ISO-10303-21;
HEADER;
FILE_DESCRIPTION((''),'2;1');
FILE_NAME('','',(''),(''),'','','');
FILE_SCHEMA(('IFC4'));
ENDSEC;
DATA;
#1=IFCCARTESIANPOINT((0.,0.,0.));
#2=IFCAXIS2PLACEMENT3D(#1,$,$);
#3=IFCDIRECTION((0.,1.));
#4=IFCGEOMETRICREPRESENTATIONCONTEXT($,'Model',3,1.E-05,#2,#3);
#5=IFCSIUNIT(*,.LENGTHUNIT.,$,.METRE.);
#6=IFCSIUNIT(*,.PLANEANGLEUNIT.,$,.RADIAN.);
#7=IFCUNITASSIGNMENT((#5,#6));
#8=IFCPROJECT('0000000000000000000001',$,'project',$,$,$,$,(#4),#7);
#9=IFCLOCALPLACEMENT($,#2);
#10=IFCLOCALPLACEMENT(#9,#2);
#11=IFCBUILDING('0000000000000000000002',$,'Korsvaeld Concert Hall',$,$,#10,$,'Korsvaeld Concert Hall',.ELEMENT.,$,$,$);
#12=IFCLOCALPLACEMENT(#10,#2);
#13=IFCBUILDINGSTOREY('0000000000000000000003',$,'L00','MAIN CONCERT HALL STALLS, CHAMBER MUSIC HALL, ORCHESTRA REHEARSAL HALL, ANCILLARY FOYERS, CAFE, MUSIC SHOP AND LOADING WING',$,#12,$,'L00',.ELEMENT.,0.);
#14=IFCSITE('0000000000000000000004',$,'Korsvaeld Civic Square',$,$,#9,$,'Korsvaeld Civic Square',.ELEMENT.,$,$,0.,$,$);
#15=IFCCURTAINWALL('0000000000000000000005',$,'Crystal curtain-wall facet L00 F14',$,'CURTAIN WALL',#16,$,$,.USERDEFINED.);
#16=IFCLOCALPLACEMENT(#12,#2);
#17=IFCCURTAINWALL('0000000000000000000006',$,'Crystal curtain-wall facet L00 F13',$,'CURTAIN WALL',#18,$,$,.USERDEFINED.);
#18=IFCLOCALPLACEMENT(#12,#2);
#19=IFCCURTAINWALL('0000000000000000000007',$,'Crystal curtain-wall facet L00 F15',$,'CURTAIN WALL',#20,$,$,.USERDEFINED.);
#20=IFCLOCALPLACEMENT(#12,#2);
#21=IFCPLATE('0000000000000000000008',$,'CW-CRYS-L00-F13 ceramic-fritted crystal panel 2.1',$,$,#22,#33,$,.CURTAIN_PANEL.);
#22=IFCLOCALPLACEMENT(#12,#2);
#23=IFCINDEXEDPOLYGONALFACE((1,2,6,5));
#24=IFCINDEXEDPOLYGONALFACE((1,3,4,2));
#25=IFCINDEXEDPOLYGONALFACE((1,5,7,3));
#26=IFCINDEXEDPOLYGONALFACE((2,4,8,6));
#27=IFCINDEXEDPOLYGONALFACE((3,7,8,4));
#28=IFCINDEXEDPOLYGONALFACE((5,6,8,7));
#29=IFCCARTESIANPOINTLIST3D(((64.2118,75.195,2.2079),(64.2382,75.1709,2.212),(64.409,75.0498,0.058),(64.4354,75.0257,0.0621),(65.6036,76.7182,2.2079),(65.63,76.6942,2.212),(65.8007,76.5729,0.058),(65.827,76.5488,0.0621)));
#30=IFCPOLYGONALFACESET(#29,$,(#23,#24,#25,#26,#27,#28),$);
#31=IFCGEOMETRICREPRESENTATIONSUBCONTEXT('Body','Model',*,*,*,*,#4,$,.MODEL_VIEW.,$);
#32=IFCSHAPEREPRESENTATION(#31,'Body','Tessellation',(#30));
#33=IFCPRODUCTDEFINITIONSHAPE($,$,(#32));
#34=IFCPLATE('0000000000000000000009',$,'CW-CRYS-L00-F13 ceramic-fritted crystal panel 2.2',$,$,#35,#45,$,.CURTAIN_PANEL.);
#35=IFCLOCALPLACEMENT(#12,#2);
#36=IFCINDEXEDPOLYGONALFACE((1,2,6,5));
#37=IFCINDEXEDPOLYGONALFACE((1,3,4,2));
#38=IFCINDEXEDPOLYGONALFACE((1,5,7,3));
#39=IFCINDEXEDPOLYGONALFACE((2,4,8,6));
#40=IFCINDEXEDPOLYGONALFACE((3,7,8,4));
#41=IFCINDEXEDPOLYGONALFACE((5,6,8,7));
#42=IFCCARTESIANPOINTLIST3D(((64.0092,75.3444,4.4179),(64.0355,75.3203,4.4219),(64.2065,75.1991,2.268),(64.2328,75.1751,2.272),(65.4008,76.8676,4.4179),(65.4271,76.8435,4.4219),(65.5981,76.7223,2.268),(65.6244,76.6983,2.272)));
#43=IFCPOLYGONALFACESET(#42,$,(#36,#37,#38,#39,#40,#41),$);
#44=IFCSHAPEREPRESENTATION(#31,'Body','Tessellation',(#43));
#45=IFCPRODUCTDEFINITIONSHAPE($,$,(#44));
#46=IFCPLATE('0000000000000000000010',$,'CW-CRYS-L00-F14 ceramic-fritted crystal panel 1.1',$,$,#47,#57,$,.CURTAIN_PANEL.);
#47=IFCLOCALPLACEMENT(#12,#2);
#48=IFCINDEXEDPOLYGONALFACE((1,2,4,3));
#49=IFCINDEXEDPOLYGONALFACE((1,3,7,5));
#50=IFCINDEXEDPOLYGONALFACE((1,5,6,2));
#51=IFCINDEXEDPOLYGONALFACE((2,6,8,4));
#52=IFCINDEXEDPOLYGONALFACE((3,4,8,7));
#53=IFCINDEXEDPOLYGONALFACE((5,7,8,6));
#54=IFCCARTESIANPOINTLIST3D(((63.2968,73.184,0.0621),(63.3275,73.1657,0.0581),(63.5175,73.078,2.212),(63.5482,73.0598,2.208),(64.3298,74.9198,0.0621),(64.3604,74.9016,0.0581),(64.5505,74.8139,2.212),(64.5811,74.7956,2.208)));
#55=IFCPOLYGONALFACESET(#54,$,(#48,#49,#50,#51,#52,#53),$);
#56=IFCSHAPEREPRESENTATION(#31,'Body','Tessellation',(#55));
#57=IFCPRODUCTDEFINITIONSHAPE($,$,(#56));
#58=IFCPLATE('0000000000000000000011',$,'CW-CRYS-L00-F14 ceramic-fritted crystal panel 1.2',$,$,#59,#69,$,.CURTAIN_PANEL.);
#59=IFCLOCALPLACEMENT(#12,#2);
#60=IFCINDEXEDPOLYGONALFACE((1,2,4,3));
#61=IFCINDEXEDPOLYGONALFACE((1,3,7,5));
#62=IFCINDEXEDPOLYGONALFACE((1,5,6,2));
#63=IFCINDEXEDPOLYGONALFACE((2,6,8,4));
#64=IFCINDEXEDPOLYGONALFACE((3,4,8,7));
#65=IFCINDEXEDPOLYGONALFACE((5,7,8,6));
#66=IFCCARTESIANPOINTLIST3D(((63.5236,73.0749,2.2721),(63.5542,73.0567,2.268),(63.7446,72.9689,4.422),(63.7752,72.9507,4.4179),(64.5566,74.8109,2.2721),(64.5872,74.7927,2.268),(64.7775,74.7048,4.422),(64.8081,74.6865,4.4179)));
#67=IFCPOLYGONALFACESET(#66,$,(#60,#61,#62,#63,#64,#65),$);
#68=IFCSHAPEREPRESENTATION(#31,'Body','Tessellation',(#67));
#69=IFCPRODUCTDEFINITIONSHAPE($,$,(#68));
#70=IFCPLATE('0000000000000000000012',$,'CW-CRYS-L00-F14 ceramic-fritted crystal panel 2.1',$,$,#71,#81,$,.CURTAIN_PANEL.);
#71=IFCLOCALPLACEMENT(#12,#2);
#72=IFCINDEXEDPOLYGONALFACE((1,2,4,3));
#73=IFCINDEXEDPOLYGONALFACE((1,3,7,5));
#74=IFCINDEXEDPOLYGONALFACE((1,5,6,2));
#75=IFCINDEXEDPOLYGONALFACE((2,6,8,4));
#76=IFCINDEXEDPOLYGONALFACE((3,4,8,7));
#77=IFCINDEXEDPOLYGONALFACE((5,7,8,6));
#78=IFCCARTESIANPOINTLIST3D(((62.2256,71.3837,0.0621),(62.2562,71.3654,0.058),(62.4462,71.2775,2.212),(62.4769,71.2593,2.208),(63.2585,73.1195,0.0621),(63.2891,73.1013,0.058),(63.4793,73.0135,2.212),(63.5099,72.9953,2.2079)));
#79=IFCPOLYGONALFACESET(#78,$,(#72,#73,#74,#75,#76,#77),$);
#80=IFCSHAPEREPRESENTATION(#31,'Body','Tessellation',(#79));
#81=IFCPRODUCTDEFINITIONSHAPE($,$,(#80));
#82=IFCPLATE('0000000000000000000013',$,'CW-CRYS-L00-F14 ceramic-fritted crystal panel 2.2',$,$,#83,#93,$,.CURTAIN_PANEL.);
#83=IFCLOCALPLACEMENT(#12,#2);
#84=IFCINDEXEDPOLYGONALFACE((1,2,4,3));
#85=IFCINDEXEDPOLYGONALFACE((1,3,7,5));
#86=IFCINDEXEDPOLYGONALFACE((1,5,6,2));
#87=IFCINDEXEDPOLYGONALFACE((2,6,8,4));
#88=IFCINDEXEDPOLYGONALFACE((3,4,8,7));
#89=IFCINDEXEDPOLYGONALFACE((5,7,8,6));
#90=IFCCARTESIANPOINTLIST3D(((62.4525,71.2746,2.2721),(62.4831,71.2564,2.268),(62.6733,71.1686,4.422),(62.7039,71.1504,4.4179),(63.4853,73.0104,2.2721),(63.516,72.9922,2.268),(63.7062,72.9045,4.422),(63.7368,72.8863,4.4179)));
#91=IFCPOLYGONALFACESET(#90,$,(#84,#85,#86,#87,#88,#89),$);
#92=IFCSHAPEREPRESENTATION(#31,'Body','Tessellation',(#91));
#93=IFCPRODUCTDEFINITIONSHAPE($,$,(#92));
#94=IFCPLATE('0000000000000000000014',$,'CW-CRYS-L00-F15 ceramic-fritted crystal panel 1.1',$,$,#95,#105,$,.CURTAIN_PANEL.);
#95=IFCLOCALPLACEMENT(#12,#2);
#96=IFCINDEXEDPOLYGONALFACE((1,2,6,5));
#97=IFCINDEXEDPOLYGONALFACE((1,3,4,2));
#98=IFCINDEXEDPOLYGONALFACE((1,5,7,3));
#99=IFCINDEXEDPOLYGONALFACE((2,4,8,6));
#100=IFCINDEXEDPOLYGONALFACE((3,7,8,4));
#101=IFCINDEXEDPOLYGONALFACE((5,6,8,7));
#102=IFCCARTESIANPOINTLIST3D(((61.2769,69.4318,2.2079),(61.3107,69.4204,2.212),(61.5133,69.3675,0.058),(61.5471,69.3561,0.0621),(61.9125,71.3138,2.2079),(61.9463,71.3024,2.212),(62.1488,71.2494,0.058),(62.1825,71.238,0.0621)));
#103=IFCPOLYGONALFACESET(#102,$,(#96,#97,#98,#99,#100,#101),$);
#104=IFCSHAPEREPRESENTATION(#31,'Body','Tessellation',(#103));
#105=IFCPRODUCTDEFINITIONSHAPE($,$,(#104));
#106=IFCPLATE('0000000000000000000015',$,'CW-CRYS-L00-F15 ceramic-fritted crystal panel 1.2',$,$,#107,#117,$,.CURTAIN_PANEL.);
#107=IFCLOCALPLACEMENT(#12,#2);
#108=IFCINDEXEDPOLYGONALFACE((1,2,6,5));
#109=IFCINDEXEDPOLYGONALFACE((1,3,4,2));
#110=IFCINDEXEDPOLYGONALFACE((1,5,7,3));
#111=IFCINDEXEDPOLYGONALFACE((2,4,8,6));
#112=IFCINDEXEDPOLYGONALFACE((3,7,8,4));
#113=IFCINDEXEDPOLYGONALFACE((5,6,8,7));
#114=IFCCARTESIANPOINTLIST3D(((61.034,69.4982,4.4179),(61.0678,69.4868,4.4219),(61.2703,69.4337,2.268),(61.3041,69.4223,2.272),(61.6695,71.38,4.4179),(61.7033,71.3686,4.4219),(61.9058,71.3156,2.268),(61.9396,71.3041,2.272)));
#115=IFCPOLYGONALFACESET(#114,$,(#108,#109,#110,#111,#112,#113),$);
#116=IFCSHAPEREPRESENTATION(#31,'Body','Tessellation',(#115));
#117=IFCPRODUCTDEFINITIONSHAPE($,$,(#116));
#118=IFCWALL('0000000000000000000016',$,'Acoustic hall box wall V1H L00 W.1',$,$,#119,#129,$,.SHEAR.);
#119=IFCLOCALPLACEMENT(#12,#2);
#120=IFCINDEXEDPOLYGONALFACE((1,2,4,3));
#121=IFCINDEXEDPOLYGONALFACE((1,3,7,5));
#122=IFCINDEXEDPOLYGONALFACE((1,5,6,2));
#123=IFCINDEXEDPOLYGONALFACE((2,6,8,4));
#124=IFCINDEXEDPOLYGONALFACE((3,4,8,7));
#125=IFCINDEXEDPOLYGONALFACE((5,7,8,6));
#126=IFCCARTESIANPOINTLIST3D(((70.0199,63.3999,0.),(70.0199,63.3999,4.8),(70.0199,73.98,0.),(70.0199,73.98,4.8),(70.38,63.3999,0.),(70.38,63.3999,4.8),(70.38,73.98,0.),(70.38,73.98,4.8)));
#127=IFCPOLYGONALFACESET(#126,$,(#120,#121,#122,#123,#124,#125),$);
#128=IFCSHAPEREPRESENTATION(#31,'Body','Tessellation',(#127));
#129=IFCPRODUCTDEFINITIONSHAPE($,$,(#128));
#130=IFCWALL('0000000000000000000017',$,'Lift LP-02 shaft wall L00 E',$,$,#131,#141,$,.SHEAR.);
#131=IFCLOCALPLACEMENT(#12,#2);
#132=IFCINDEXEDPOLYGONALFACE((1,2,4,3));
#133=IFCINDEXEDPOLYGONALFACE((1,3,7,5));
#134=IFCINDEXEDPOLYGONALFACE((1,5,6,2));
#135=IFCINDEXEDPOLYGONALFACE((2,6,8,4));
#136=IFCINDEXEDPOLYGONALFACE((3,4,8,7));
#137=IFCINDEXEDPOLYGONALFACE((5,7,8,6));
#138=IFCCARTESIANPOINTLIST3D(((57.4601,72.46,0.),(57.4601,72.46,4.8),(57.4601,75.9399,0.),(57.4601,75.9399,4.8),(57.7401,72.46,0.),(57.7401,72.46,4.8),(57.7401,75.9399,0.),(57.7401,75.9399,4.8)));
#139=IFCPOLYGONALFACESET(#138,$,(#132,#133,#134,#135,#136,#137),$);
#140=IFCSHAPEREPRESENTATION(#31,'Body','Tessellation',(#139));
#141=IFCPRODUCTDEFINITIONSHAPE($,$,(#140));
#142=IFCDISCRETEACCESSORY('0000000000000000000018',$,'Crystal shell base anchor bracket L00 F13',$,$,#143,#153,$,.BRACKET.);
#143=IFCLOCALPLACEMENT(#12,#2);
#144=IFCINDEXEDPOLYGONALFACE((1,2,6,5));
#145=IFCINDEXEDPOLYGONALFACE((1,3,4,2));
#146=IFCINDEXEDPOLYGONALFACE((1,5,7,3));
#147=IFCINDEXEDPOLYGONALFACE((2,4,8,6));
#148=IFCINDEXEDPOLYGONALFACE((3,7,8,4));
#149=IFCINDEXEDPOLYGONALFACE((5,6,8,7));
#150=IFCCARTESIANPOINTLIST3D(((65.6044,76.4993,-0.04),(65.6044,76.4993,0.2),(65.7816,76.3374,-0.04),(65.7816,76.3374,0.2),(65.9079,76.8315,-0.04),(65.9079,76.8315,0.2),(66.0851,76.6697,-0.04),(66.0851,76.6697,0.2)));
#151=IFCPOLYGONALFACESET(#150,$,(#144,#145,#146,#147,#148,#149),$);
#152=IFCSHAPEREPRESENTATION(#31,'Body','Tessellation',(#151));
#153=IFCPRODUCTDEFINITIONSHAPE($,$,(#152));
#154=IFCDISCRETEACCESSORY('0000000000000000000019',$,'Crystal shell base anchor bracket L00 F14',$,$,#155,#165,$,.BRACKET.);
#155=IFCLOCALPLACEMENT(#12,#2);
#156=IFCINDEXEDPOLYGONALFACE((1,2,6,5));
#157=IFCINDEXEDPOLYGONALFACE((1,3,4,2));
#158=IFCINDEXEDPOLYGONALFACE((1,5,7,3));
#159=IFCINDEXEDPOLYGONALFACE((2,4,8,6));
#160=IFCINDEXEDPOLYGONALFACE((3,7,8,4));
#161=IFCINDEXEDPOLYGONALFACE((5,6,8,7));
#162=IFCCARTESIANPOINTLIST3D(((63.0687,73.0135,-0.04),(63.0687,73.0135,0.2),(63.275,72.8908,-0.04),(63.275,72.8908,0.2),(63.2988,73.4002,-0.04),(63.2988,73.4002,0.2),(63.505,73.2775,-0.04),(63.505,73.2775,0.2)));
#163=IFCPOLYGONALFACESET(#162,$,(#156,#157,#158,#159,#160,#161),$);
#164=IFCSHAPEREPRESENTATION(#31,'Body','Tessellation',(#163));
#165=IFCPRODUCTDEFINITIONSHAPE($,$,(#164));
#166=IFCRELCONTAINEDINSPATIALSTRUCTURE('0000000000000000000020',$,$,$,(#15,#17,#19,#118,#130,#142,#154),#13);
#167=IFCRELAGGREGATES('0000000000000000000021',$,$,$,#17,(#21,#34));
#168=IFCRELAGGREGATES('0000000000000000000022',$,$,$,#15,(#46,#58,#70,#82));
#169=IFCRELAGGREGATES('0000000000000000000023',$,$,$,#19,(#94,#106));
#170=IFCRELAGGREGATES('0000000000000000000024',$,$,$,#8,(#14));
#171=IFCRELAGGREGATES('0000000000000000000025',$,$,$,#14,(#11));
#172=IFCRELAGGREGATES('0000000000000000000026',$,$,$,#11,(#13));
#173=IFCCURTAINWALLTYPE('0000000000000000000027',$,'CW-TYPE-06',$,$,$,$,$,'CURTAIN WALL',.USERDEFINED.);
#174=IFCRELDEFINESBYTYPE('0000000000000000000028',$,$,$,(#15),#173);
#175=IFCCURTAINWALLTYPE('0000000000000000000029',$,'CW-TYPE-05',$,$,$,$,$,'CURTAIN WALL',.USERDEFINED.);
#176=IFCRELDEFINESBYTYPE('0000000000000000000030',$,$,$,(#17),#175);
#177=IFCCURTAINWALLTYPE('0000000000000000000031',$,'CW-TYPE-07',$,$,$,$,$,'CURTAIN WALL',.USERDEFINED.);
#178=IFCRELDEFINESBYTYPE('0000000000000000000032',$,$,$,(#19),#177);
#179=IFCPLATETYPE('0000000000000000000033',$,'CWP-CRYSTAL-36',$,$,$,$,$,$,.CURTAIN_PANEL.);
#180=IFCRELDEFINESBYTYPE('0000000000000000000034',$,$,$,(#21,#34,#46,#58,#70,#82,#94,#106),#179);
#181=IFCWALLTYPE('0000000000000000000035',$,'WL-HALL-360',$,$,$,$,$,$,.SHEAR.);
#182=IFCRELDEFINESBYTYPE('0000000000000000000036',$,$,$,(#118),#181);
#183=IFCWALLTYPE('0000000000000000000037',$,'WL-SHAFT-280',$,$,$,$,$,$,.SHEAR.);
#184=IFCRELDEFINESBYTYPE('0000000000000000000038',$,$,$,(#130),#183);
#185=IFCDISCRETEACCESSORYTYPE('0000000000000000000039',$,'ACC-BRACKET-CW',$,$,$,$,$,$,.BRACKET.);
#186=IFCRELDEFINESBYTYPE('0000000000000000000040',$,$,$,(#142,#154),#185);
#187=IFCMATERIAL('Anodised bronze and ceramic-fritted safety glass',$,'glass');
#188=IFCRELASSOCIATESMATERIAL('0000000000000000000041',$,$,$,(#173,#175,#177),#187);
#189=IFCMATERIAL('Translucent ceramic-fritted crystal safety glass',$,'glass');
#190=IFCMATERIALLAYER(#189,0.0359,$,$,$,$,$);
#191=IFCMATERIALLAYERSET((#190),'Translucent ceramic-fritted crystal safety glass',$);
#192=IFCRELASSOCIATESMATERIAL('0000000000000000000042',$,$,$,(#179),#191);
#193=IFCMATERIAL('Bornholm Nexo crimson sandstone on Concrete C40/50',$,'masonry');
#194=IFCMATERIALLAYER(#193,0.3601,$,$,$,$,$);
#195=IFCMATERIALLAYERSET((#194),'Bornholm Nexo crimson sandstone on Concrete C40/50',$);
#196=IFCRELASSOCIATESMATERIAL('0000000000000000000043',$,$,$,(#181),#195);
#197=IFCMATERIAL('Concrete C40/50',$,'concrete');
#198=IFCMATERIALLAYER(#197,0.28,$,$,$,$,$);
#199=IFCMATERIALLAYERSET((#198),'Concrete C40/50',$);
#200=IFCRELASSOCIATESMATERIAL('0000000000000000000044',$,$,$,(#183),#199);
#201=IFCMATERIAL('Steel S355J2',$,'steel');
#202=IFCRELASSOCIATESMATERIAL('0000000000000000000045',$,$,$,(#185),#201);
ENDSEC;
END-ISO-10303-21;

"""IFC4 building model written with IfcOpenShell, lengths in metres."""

from ifc_helpers import new_model, si_unit, direction, frame, frame_2d, origin, origin_2d, place, context, subcontext, project, spatial, polyline, rectangle, outline, extrude, material, layer, layer_set, type_object, element, aggregate, save


model = new_model("IFC4")

# Units and contexts
model_context = context("Model", 3, precision=1e-05, world=origin(), true_north=direction((0.0, 1.0)))
body_context = subcontext(model_context, "Body", "Model", "MODEL_VIEW")
ifc_project = project(units=[si_unit("LENGTHUNIT", "METRE"), si_unit("PLANEANGLEUNIT", "RADIAN")], contexts=[model_context])

# Site, building, storey
site_placement = place(None, origin())
site = spatial("IfcSite", under=ifc_project, at=site_placement, Name="Korsvaeld Civic Square", LongName="Korsvaeld Civic Square", CompositionType="ELEMENT", RefElevation=0.0)
building_placement = place(site_placement, origin())
building = spatial("IfcBuilding", under=site, at=building_placement, Name="Korsvaeld Concert Hall", LongName="Korsvaeld Concert Hall", CompositionType="ELEMENT")
storey_placement = place(building_placement, origin())
storey = spatial("IfcBuildingStorey", under=building, at=storey_placement, Name="L00", Description="MAIN CONCERT HALL STALLS, CHAMBER MUSIC HALL, ORCHESTRA REHEARSAL HALL, ANCILLARY FOYERS, CAFE, MUSIC SHOP AND LOADING WING", LongName="L00", CompositionType="ELEMENT", Elevation=0.0)

# Shared definitions
ifc_material_1 = material(Name="Concrete C40/50", Category="concrete")

# Curtain walls
ifc_material_2 = material(Name="Anodised bronze and ceramic-fritted safety glass", Category="glass")
curtain_wall_type_1 = type_object("IfcCurtainWallType", Name="CW-TYPE-06", ElementType="CURTAIN WALL", PredefinedType="USERDEFINED", material=ifc_material_2)
curtain_wall_1_placement = place(storey_placement, origin())
curtain_wall_1 = element("IfcCurtainWall", 1, at=curtain_wall_1_placement, inside=storey, type_object=curtain_wall_type_1, Name="Crystal curtain-wall facet L00 F14", ObjectType="CURTAIN WALL", PredefinedType="USERDEFINED")
curtain_wall_type_2 = type_object("IfcCurtainWallType", Name="CW-TYPE-05", ElementType="CURTAIN WALL", PredefinedType="USERDEFINED", material=ifc_material_2)
curtain_wall_2_placement = place(storey_placement, origin())
curtain_wall_2 = element("IfcCurtainWall", 2, at=curtain_wall_2_placement, inside=storey, type_object=curtain_wall_type_2, Name="Crystal curtain-wall facet L00 F13", ObjectType="CURTAIN WALL", PredefinedType="USERDEFINED")

# Curtain wall
curtain_wall_type_3 = type_object("IfcCurtainWallType", Name="CW-TYPE-07", ElementType="CURTAIN WALL", PredefinedType="USERDEFINED", material=ifc_material_2)
curtain_wall_3_placement = place(storey_placement, origin())
curtain_wall_3 = element("IfcCurtainWall", 3, at=curtain_wall_3_placement, inside=storey, type_object=curtain_wall_type_3, Name="Crystal curtain-wall facet L00 F15", ObjectType="CURTAIN WALL", PredefinedType="USERDEFINED")

# Plates
ifc_material_3 = material(Name="Translucent ceramic-fritted crystal safety glass", Category="glass")
ifc_layer_1 = layer(ifc_material_3, 0.0359)
ifc_layer_set_1 = layer_set([ifc_layer_1], Name="Translucent ceramic-fritted crystal safety glass")
plate_type = type_object("IfcPlateType", Name="CWP-CRYSTAL-36", PredefinedType="CURTAIN_PANEL", material=ifc_layer_set_1)
plate_1_placement = place(storey_placement, frame((65.814, 76.5608, 0.0601), z_axis=(-0.733557, 0.670243, -0.112553), x_axis=(-0.674528, -0.738249, -0.000005)))
plate_1 = element("IfcPlate", 4, at=plate_1_placement, type_object=plate_type, Name="CW-CRYS-L00-F13 ceramic-fritted crystal panel 2.1", PredefinedType="CURTAIN_PANEL", context=body_context, shape_type="SweptSolid", body=[
    extrude(outline(polyline([(0.0, 0.0), (2.0632, 0.0), (2.089, 2.1637), (0.0256, 2.1636), (0.0, 0.0)])), frame((0.0, 0.0, 0.0181)), (0.0, 0.0, -1.0), 0.0359),
])
plate_2_placement = place(storey_placement, frame((65.6113, 76.7102, 2.27), z_axis=(-0.733583, 0.670207, -0.112595), x_axis=(-0.674497, -0.738278, 0.0)))
plate_2 = element("IfcPlate", 5, at=plate_2_placement, type_object=plate_type, Name="CW-CRYS-L00-F13 ceramic-fritted crystal panel 2.2", PredefinedType="CURTAIN_PANEL", context=body_context, shape_type="SweptSolid", body=[
    extrude(outline(polyline([(0.0, 0.0), (2.0632, 0.0), (2.089, 2.1637), (0.0258, 2.1637), (0.0, 0.0)])), frame((0.0, 0.0, 0.0181)), (0.0, 0.0, -1.0), 0.0359),
])
aggregate(curtain_wall_2, [plate_1, plate_2])
plate_3_placement = place(storey_placement, frame((64.3452, 74.9106, 0.0601), z_axis=(-0.853879, 0.508124, 0.1127), x_axis=(-0.511382, -0.859354, 0.0)))
plate_3 = element("IfcPlate", 6, at=plate_3_placement, type_object=plate_type, Name="CW-CRYS-L00-F14 ceramic-fritted crystal panel 1.1", PredefinedType="CURTAIN_PANEL", context=body_context, shape_type="SweptSolid", body=[
    extrude(outline(polyline([(0.0, 0.0), (2.0199, 0.0), (1.9981, 2.1637), (-0.0218, 2.1637), (0.0, 0.0)])), frame((0.0, 0.0, 0.0181)), (0.0, 0.0, -1.0), 0.0359),
])
plate_4_placement = place(storey_placement, frame((64.572, 74.8018, 2.27), z_axis=(-0.853882, 0.50809, 0.112824), x_axis=(-0.511355, -0.85937, 0.000003)))
plate_4 = element("IfcPlate", 7, at=plate_4_placement, type_object=plate_type, Name="CW-CRYS-L00-F14 ceramic-fritted crystal panel 1.2", PredefinedType="CURTAIN_PANEL", context=body_context, shape_type="SweptSolid", body=[
    extrude(outline(polyline([(0.0, 0.0), (2.0201, 0.0), (1.9982, 2.1637), (-0.0217, 2.1637), (0.0, 0.0)])), frame((0.0, 0.0, 0.0181)), (0.0, 0.0, -1.0), 0.0359),
])
plate_5_placement = place(storey_placement, frame((63.2739, 73.1104, 0.0601), z_axis=(-0.853892, 0.508096, 0.112728), x_axis=(-0.511356, -0.859369, -0.000003)))
plate_5 = element("IfcPlate", 8, at=plate_5_placement, type_object=plate_type, Name="CW-CRYS-L00-F14 ceramic-fritted crystal panel 2.1", PredefinedType="CURTAIN_PANEL", context=body_context, shape_type="SweptSolid", body=[
    extrude(outline(polyline([(0.0, 0.0), (2.0199, 0.0), (1.9983, 2.1637), (-0.0218, 2.1637), (0.0, 0.0)])), frame((0.0, 0.0, 0.0181)), (0.0, 0.0, -1.0), 0.0359),
])
plate_6_placement = place(storey_placement, frame((63.5007, 73.0012, 2.27), z_axis=(-0.8539, 0.508077, 0.112748), x_axis=(-0.511337, -0.85938, 0.000006)))
plate_6 = element("IfcPlate", 9, at=plate_6_placement, type_object=plate_type, Name="CW-CRYS-L00-F14 ceramic-fritted crystal panel 2.2", PredefinedType="CURTAIN_PANEL", context=body_context, shape_type="SweptSolid", body=[
    extrude(outline(polyline([(0.0, 0.0), (2.0198, 0.0), (1.998, 2.1637), (-0.0219, 2.1637), (0.0, 0.0)])), frame((0.0, 0.0, 0.0181)), (0.0, 0.0, -1.0), 0.0359),
])
aggregate(curtain_wall_1, [plate_3, plate_4, plate_5, plate_6])
plate_7_placement = place(storey_placement, frame((62.1658, 71.2437, 0.0601), z_axis=(-0.941373, 0.317882, -0.112992), x_axis=(-0.319931, -0.947441, 0.000002)))
plate_7 = element("IfcPlate", 10, at=plate_7_placement, type_object=plate_type, Name="CW-CRYS-L00-F15 ceramic-fritted crystal panel 1.1", PredefinedType="CURTAIN_PANEL", context=body_context, shape_type="SweptSolid", body=[
    extrude(outline(polyline([(0.0, 0.0), (1.9862, 0.0), (2.001, 2.1638), (0.0145, 2.1638), (0.0, 0.0)])), frame((0.0, 0.0, 0.0181)), (0.0, 0.0, -1.0), 0.0359),
])
plate_8_placement = place(storey_placement, frame((61.9229, 71.3098, 2.27), z_axis=(-0.941365, 0.3179, -0.11301), x_axis=(-0.31995, -0.947435, 0.0)))
plate_8 = element("IfcPlate", 11, at=plate_8_placement, type_object=plate_type, Name="CW-CRYS-L00-F15 ceramic-fritted crystal panel 1.2", PredefinedType="CURTAIN_PANEL", context=body_context, shape_type="SweptSolid", body=[
    extrude(outline(polyline([(0.0, 0.0), (1.9862, 0.0), (2.0008, 2.1638), (0.0145, 2.1638), (0.0, 0.0)])), frame((0.0, 0.0, 0.0181)), (0.0, 0.0, -1.0), 0.0359),
])
aggregate(curtain_wall_3, [plate_7, plate_8])

# Walls
ifc_material_4 = material(Name="Bornholm Nexo crimson sandstone on Concrete C40/50", Category="masonry")
ifc_layer_2 = layer(ifc_material_4, 0.3601)
ifc_layer_set_2 = layer_set([ifc_layer_2], Name="Bornholm Nexo crimson sandstone on Concrete C40/50")
wall_type_1 = type_object("IfcWallType", Name="WL-HALL-360", PredefinedType="SHEAR", material=ifc_layer_set_2)
wall_1_placement = place(storey_placement, frame((70.2, 73.98, 0.0), z_axis=(0.0, 0.0, 1.0), x_axis=(0.0, -1.0, 0.0)))
element("IfcWall", 12, at=wall_1_placement, inside=storey, type_object=wall_type_1, Name="Acoustic hall box wall V1H L00 W.1", PredefinedType="SHEAR", context=body_context, shape_type="SweptSolid", body=[
    extrude(rectangle(XDim=10.5801, YDim=0.3601, at=frame_2d((5.29, 0.0))), origin(), (0.0, 0.0, 1.0), 4.8),
])
ifc_layer_3 = layer(ifc_material_1, 0.28)
ifc_layer_set_3 = layer_set([ifc_layer_3], Name="Concrete C40/50")
wall_type_2 = type_object("IfcWallType", Name="WL-SHAFT-280", PredefinedType="SHEAR", material=ifc_layer_set_3)
wall_2_placement = place(storey_placement, frame((57.6001, 72.46, 0.0), z_axis=(0.0, 0.0, 1.0), x_axis=(0.0, 1.0, 0.0)))
element("IfcWall", 13, at=wall_2_placement, inside=storey, type_object=wall_type_2, Name="Lift LP-02 shaft wall L00 E", PredefinedType="SHEAR", context=body_context, shape_type="SweptSolid", body=[
    extrude(rectangle(XDim=3.48, YDim=0.28, at=frame_2d((1.74, 0.0))), origin(), (0.0, 0.0, 1.0), 4.8),
])

# Discrete accessories
ifc_material_5 = material(Name="Steel S355J2", Category="steel")
discrete_accessory_type = type_object("IfcDiscreteAccessoryType", Name="ACC-BRACKET-CW", PredefinedType="BRACKET", material=ifc_material_5)
for number, where, z_axis, x_axis, name in (
    (14, (65.8447, 76.5845, -0.04), (0.0, 0.0, 1.0), (-0.674431, -0.738338, 0.0), "Crystal shell base anchor bracket L00 F13"),
    (15, (63.2869, 73.1455, -0.04), (0.0, 0.0, 1.0), (-0.511293, -0.859406, 0.0), "Crystal shell base anchor bracket L00 F14"),
):
    element("IfcDiscreteAccessory", number, at=place(storey_placement, frame(where, z_axis=z_axis, x_axis=x_axis)), inside=storey, type_object=discrete_accessory_type, Name=name, PredefinedType="BRACKET", context=body_context, shape_type="SweptSolid", body=[
        extrude(rectangle(XDim=0.45, YDim=0.24, at=origin_2d()), origin(), (0.0, 0.0, 1.0), 0.24),
    ])

save(model, "model.ifc")
